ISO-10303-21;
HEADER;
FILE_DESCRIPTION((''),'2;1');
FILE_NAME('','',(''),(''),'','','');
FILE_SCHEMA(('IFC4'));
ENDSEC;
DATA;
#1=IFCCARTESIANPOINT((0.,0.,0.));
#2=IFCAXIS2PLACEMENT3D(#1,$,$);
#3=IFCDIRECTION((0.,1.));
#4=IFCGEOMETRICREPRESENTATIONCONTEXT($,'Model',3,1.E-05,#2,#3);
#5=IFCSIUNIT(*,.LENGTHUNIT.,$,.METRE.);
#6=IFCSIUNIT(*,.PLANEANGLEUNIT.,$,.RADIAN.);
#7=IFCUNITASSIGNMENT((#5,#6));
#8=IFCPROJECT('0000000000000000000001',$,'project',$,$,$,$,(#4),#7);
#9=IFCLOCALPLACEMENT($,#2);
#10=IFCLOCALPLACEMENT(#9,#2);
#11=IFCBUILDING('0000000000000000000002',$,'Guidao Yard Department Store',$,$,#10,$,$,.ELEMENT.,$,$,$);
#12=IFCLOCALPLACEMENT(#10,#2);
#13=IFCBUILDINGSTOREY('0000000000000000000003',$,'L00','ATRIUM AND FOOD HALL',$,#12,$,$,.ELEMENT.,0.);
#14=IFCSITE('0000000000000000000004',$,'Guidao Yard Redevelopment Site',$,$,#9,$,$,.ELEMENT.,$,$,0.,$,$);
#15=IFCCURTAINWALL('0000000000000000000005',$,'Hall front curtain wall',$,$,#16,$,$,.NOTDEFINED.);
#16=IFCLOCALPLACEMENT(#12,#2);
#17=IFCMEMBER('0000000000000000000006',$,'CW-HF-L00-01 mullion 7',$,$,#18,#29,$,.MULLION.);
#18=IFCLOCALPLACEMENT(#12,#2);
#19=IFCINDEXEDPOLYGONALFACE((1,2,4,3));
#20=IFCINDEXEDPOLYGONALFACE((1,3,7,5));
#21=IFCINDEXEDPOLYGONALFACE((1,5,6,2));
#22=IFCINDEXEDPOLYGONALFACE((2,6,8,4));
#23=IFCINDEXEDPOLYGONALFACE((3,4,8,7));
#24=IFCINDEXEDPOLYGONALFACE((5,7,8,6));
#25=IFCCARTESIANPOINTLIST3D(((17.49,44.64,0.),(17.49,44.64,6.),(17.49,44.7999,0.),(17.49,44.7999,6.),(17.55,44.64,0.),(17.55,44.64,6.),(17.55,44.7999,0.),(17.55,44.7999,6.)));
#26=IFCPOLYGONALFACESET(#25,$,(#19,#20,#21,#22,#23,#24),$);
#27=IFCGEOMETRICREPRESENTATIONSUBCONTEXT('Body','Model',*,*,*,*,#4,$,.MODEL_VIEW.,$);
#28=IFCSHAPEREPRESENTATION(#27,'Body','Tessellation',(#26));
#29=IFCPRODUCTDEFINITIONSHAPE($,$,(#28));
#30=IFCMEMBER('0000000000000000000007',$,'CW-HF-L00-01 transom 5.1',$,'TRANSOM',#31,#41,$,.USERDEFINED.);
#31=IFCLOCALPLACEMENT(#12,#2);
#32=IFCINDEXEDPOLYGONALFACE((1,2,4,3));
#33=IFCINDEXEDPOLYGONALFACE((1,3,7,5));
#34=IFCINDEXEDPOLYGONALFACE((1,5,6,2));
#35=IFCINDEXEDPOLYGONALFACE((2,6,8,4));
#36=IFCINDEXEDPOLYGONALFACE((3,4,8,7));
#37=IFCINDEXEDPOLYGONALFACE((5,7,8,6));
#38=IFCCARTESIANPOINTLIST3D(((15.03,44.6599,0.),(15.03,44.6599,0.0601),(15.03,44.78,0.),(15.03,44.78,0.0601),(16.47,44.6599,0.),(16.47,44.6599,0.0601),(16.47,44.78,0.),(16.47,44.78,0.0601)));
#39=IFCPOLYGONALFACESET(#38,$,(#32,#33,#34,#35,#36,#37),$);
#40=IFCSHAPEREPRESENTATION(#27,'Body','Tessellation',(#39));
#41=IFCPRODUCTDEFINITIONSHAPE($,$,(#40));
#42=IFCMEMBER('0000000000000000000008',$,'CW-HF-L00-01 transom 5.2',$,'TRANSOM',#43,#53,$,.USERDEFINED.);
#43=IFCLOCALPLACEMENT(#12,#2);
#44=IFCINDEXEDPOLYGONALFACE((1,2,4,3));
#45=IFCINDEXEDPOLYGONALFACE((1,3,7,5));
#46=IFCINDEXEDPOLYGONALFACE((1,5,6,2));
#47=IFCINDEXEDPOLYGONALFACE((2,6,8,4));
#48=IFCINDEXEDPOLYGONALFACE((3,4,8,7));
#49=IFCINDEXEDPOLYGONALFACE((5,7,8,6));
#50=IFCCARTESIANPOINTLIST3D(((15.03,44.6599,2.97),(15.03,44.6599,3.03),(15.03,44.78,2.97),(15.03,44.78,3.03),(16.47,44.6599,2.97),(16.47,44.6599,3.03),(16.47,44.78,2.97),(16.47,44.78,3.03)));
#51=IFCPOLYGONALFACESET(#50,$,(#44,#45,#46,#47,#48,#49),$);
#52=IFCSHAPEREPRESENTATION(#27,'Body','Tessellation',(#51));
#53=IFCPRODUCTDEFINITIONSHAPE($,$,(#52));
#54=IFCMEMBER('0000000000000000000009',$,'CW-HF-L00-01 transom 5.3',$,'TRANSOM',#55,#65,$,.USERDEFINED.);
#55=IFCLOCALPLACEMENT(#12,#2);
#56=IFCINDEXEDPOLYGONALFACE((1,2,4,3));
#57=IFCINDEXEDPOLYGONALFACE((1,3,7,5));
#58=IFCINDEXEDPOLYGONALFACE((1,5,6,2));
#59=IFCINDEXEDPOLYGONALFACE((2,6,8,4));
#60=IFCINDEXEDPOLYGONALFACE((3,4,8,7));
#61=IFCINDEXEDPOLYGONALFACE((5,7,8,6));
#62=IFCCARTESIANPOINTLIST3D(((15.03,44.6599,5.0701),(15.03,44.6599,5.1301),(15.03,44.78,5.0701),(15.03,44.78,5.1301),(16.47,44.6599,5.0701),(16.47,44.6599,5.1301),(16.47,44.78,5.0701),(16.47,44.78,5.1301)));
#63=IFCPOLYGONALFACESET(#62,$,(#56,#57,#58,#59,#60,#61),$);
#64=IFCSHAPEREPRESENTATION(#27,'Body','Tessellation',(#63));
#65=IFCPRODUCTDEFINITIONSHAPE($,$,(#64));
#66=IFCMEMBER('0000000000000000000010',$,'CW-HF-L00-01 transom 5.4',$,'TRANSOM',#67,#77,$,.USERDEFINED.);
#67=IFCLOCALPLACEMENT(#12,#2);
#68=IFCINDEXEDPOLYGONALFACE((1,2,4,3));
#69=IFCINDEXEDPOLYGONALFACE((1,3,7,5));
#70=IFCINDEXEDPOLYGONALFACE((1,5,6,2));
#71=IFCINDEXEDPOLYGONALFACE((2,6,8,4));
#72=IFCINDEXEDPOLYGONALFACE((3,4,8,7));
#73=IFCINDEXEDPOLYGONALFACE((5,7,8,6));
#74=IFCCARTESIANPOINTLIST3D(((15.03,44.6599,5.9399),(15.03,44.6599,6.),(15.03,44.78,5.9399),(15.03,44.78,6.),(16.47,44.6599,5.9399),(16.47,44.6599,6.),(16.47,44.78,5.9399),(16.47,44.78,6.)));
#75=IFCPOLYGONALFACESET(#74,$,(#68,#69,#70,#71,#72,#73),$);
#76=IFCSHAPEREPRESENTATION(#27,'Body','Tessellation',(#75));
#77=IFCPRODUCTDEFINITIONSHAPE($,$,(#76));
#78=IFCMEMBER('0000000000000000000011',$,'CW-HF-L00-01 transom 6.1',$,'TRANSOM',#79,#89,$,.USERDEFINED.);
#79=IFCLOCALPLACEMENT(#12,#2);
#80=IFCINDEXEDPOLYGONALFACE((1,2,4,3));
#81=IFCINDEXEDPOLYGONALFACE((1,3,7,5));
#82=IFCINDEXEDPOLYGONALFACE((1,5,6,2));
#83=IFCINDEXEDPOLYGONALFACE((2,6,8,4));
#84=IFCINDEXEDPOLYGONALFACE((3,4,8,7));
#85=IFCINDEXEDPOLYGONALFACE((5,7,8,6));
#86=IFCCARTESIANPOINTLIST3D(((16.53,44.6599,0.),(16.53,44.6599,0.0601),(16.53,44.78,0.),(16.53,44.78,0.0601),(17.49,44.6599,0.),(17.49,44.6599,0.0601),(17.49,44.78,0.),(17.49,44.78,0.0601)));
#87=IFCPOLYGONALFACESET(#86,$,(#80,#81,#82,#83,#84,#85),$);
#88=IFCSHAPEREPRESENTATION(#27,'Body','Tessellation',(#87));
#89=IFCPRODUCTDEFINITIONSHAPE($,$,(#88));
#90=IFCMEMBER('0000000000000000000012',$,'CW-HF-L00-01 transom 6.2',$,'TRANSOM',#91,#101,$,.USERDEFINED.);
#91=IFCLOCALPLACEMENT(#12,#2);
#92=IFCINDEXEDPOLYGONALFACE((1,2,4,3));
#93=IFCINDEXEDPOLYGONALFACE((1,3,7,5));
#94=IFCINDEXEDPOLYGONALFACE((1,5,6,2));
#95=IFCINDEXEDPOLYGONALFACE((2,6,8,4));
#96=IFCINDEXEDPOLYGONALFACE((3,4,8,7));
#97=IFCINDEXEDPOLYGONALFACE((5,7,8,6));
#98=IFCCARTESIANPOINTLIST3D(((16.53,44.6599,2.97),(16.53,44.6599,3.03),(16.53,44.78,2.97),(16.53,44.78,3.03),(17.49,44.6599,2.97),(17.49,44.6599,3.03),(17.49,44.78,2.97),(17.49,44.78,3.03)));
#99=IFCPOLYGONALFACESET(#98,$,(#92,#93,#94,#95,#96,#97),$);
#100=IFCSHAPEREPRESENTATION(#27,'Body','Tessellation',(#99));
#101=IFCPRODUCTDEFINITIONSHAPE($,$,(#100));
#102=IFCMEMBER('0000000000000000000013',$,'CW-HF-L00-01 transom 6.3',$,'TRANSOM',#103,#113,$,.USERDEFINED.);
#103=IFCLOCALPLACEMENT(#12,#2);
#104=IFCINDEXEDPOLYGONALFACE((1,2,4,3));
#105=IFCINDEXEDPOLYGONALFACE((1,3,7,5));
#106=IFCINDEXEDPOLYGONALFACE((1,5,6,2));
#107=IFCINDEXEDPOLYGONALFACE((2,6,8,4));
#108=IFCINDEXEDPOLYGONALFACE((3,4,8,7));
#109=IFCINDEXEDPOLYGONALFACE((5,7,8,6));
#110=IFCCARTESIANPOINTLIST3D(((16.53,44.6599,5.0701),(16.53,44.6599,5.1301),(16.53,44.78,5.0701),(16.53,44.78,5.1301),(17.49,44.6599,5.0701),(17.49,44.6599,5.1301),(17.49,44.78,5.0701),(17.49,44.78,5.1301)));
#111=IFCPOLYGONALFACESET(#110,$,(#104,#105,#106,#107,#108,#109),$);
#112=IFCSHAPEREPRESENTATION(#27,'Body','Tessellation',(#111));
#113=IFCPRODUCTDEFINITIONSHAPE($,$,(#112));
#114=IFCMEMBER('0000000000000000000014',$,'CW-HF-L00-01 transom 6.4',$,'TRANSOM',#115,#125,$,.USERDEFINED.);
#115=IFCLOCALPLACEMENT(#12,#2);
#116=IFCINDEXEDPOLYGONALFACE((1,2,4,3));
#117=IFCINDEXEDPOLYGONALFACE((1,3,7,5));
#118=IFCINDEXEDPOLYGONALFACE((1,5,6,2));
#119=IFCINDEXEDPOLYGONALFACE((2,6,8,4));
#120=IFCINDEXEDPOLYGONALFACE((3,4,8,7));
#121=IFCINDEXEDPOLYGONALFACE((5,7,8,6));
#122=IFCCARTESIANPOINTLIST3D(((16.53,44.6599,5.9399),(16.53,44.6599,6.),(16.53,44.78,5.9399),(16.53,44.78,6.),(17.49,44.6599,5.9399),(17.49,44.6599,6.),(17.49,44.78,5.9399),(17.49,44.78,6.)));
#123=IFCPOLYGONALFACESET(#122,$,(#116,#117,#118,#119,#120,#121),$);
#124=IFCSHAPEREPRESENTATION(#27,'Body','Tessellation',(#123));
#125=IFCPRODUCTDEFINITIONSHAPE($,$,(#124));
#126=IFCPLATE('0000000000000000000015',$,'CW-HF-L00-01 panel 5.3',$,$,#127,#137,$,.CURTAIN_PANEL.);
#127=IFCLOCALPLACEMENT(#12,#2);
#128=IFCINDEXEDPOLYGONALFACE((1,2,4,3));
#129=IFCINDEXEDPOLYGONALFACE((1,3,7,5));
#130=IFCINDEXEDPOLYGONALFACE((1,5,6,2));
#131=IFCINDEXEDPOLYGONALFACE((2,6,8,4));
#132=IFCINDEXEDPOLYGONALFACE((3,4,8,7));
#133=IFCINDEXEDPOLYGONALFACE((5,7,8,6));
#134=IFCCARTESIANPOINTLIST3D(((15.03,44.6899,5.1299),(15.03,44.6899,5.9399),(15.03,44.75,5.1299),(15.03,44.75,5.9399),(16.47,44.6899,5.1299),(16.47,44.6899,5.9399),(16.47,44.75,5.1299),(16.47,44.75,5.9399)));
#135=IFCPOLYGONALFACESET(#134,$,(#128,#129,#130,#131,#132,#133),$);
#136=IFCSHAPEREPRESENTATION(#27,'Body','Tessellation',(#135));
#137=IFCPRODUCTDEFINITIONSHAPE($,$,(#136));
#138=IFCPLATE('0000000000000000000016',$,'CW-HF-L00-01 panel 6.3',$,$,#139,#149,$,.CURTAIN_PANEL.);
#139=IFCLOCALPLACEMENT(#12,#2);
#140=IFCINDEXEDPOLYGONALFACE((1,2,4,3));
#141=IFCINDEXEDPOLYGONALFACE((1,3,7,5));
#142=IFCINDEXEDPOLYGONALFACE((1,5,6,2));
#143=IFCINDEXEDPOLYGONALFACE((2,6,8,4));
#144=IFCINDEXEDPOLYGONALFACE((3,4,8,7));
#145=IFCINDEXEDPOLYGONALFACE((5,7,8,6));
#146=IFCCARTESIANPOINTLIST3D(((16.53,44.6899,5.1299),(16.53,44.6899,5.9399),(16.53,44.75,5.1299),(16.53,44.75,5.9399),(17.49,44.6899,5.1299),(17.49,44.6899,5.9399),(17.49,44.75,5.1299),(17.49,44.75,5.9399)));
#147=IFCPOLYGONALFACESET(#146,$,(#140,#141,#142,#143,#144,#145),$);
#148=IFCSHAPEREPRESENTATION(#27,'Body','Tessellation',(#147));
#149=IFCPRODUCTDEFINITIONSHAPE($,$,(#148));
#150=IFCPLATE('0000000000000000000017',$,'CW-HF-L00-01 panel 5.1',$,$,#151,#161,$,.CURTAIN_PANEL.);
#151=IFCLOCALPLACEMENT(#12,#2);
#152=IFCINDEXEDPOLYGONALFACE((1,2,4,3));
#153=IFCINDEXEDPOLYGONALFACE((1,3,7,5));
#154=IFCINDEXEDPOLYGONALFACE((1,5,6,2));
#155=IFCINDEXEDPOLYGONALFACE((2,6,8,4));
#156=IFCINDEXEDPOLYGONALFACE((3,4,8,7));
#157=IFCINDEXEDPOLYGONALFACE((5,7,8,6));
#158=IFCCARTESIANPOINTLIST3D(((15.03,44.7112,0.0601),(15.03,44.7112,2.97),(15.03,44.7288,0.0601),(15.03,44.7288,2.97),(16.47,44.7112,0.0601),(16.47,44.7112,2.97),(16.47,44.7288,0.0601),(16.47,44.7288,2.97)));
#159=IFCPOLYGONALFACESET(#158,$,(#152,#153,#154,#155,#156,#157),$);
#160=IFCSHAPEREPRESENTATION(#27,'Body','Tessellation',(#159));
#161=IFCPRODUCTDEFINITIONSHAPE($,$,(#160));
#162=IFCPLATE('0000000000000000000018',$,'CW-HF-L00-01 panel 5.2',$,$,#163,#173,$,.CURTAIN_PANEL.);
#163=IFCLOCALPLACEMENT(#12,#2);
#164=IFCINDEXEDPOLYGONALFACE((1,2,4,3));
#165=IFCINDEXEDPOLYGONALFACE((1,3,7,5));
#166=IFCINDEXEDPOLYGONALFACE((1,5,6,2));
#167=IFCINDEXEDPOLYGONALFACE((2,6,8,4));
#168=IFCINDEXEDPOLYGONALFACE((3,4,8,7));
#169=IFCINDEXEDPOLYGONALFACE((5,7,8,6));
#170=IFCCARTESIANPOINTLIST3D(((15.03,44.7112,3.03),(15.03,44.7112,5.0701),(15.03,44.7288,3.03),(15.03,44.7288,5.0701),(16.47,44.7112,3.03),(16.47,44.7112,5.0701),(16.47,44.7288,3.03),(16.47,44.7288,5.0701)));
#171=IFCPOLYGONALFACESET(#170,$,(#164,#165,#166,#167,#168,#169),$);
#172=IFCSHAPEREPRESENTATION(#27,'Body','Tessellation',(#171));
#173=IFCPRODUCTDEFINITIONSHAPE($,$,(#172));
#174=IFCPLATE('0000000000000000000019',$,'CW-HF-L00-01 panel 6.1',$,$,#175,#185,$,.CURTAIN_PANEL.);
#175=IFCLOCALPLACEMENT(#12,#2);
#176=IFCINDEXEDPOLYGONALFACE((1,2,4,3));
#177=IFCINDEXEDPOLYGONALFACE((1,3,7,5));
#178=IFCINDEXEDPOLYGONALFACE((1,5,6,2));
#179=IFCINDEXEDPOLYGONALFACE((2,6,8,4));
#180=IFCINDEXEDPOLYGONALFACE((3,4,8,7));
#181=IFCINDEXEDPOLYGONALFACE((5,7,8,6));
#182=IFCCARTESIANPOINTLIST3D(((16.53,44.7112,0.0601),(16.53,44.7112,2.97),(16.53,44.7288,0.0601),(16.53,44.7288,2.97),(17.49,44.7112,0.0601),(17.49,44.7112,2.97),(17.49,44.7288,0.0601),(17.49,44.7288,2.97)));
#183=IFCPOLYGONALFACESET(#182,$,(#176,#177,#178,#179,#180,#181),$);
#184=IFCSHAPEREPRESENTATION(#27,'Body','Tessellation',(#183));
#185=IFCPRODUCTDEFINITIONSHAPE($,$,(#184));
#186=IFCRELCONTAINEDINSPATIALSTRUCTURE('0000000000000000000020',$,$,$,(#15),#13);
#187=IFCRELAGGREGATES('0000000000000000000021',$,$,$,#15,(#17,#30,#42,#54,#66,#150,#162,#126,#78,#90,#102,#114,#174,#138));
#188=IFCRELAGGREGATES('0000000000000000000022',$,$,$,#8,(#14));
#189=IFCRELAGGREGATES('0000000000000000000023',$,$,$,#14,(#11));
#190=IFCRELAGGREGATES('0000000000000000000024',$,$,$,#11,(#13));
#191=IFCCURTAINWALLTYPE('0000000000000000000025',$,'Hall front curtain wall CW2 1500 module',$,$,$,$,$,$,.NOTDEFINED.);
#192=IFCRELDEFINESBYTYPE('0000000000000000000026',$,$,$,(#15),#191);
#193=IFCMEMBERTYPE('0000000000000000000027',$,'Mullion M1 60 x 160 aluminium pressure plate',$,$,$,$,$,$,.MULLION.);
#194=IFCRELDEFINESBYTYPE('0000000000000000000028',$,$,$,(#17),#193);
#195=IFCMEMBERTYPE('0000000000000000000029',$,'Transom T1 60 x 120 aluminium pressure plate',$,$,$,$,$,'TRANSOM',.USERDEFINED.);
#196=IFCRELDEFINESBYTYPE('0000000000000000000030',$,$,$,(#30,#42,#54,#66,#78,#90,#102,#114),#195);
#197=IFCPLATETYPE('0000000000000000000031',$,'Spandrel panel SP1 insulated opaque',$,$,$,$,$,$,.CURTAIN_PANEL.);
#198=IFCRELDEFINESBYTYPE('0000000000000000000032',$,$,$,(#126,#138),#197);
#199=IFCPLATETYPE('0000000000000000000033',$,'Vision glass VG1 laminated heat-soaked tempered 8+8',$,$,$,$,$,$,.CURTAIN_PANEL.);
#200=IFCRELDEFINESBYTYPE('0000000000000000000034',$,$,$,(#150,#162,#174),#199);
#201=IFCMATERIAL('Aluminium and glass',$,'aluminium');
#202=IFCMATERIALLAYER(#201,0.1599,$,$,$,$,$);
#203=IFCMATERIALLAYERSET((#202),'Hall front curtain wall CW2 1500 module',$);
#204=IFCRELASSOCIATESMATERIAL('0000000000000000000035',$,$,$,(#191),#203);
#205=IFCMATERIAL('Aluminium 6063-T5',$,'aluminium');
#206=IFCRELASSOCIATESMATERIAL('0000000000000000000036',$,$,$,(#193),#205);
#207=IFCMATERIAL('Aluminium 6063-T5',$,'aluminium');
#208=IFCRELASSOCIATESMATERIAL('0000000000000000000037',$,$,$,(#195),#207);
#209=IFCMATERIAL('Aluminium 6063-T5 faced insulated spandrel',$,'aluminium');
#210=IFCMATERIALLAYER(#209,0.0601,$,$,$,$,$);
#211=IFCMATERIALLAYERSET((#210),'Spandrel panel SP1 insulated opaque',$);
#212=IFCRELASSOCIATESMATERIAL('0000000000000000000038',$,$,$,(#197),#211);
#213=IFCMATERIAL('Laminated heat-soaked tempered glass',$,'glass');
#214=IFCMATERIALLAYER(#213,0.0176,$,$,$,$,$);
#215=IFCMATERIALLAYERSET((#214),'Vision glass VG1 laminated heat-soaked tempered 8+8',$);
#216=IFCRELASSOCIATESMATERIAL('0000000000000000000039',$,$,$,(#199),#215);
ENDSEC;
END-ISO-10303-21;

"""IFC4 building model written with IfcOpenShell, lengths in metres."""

from ifc_helpers import new_model, si_unit, direction, frame, origin, origin_2d, place, context, subcontext, project, spatial, rectangle, extrude, material, layer, layer_set, material_profile, profile_set, type_object, element, aggregate, save


model = new_model("IFC4")

# Units and contexts
model_context = context("Model", 3, precision=1e-05, world=origin(), true_north=direction((0.0, 1.0)))
body_context = subcontext(model_context, "Body", "Model", "MODEL_VIEW")
ifc_project = project(units=[si_unit("LENGTHUNIT", "METRE"), si_unit("PLANEANGLEUNIT", "RADIAN")], contexts=[model_context])

# Site, building, storey
site_placement = place(None, origin())
site = spatial("IfcSite", under=ifc_project, at=site_placement, Name="Guidao Yard Redevelopment Site", CompositionType="ELEMENT", RefElevation=0.0)
building_placement = place(site_placement, origin())
building = spatial("IfcBuilding", under=site, at=building_placement, Name="Guidao Yard Department Store", CompositionType="ELEMENT")
storey_placement = place(building_placement, origin())
storey = spatial("IfcBuildingStorey", under=building, at=storey_placement, Name="L00", Description="ATRIUM AND FOOD HALL", CompositionType="ELEMENT", Elevation=0.0)

# Curtain wall, members, plates
ifc_material_1 = material(Name="Aluminium and glass", Category="aluminium")
ifc_layer_1 = layer(ifc_material_1, 0.1599)
ifc_layer_set_1 = layer_set([ifc_layer_1], Name="Hall front curtain wall CW2 1500 module")
curtain_wall_type = type_object("IfcCurtainWallType", Name="Hall front curtain wall CW2 1500 module", PredefinedType="NOTDEFINED", material=ifc_layer_set_1)
curtain_wall_placement = place(storey_placement, origin())
curtain_wall = element("IfcCurtainWall", 1, at=curtain_wall_placement, inside=storey, type_object=curtain_wall_type, Name="Hall front curtain wall", PredefinedType="NOTDEFINED")
ifc_material_2 = material(Name="Aluminium 6063-T5", Category="aluminium")
ifc_material_profile_1 = material_profile(ifc_material_2, rectangle(XDim=0.0601, YDim=0.1599, at=origin_2d()), Name="Mullion M1 60 x 160 aluminium pressure plate")
ifc_profile_set_1 = profile_set([ifc_material_profile_1], Name="Aluminium 6063-T5")
member_type_1 = type_object("IfcMemberType", Name="Mullion M1 60 x 160 aluminium pressure plate", PredefinedType="MULLION", material=ifc_profile_set_1)
member_1_placement = place(storey_placement, frame((17.52, 44.72, 0.0), z_axis=(0.0, 0.0, 1.0), x_axis=(-1.0, 0.0, 0.0)))
member_1 = element("IfcMember", 2, at=member_1_placement, type_object=member_type_1, Name="CW-HF-L00-01 mullion 7", PredefinedType="MULLION", context=body_context, shape_type="SweptSolid", body=[
    extrude(rectangle(XDim=0.0601, YDim=0.1599, at=origin_2d()), origin(), (0.0, 0.0, 1.0), 6.0),
])
ifc_material_3 = material(Name="Aluminium 6063-T5", Category="aluminium")
ifc_material_profile_2 = material_profile(ifc_material_3, rectangle(XDim=0.1201, YDim=0.0601, at=origin_2d()), Name="Transom T1 60 x 120 aluminium pressure plate")
ifc_profile_set_2 = profile_set([ifc_material_profile_2], Name="Aluminium 6063-T5")
member_type_2 = type_object("IfcMemberType", Name="Transom T1 60 x 120 aluminium pressure plate", ElementType="TRANSOM", PredefinedType="USERDEFINED", material=ifc_profile_set_2)
member_2_placement = place(storey_placement, frame((16.47, 44.72, 0.03), z_axis=(-1.0, 0.0, 0.0), x_axis=(0.0, -1.0, 0.0)))
member_2 = element("IfcMember", 3, at=member_2_placement, type_object=member_type_2, Name="CW-HF-L00-01 transom 5.1", ObjectType="TRANSOM", PredefinedType="USERDEFINED", context=body_context, shape_type="SweptSolid", body=[
    extrude(rectangle(XDim=0.1201, YDim=0.0601, at=origin_2d()), origin(), (0.0, 0.0, 1.0), 1.4399),
])
member_3_placement = place(storey_placement, frame((16.47, 44.72, 3.0), z_axis=(-1.0, 0.0, 0.0), x_axis=(0.0, -1.0, 0.0)))
member_3 = element("IfcMember", 4, at=member_3_placement, type_object=member_type_2, Name="CW-HF-L00-01 transom 5.2", ObjectType="TRANSOM", PredefinedType="USERDEFINED", context=body_context, shape_type="SweptSolid", body=[
    extrude(rectangle(XDim=0.1201, YDim=0.0601, at=origin_2d()), origin(), (0.0, 0.0, 1.0), 1.4399),
])
member_4_placement = place(storey_placement, frame((16.47, 44.72, 5.1001), z_axis=(-1.0, 0.0, 0.0), x_axis=(0.0, -1.0, 0.0)))
member_4 = element("IfcMember", 5, at=member_4_placement, type_object=member_type_2, Name="CW-HF-L00-01 transom 5.3", ObjectType="TRANSOM", PredefinedType="USERDEFINED", context=body_context, shape_type="SweptSolid", body=[
    extrude(rectangle(XDim=0.1201, YDim=0.0601, at=origin_2d()), origin(), (0.0, 0.0, 1.0), 1.4399),
])
member_5_placement = place(storey_placement, frame((16.47, 44.72, 5.97), z_axis=(-1.0, 0.0, 0.0), x_axis=(0.0, -1.0, 0.0)))
member_5 = element("IfcMember", 6, at=member_5_placement, type_object=member_type_2, Name="CW-HF-L00-01 transom 5.4", ObjectType="TRANSOM", PredefinedType="USERDEFINED", context=body_context, shape_type="SweptSolid", body=[
    extrude(rectangle(XDim=0.1201, YDim=0.0601, at=origin_2d()), origin(), (0.0, 0.0, 1.0), 1.4399),
])
member_6_placement = place(storey_placement, frame((17.49, 44.72, 0.03), z_axis=(-1.0, 0.0, 0.0), x_axis=(0.0, -1.0, 0.0)))
member_6 = element("IfcMember", 7, at=member_6_placement, type_object=member_type_2, Name="CW-HF-L00-01 transom 6.1", ObjectType="TRANSOM", PredefinedType="USERDEFINED", context=body_context, shape_type="SweptSolid", body=[
    extrude(rectangle(XDim=0.1201, YDim=0.0601, at=origin_2d()), origin(), (0.0, 0.0, 1.0), 0.96),
])
member_7_placement = place(storey_placement, frame((17.49, 44.72, 3.0), z_axis=(-1.0, 0.0, 0.0), x_axis=(0.0, -1.0, 0.0)))
member_7 = element("IfcMember", 8, at=member_7_placement, type_object=member_type_2, Name="CW-HF-L00-01 transom 6.2", ObjectType="TRANSOM", PredefinedType="USERDEFINED", context=body_context, shape_type="SweptSolid", body=[
    extrude(rectangle(XDim=0.1201, YDim=0.0601, at=origin_2d()), origin(), (0.0, 0.0, 1.0), 0.96),
])
member_8_placement = place(storey_placement, frame((17.49, 44.72, 5.1001), z_axis=(-1.0, 0.0, 0.0), x_axis=(0.0, -1.0, 0.0)))
member_8 = element("IfcMember", 9, at=member_8_placement, type_object=member_type_2, Name="CW-HF-L00-01 transom 6.3", ObjectType="TRANSOM", PredefinedType="USERDEFINED", context=body_context, shape_type="SweptSolid", body=[
    extrude(rectangle(XDim=0.1201, YDim=0.0601, at=origin_2d()), origin(), (0.0, 0.0, 1.0), 0.96),
])
member_9_placement = place(storey_placement, frame((17.49, 44.72, 5.97), z_axis=(-1.0, 0.0, 0.0), x_axis=(0.0, -1.0, 0.0)))
member_9 = element("IfcMember", 10, at=member_9_placement, type_object=member_type_2, Name="CW-HF-L00-01 transom 6.4", ObjectType="TRANSOM", PredefinedType="USERDEFINED", context=body_context, shape_type="SweptSolid", body=[
    extrude(rectangle(XDim=0.1201, YDim=0.0601, at=origin_2d()), origin(), (0.0, 0.0, 1.0), 0.96),
])
ifc_material_4 = material(Name="Aluminium 6063-T5 faced insulated spandrel", Category="aluminium")
ifc_layer_2 = layer(ifc_material_4, 0.0601)
ifc_layer_set_2 = layer_set([ifc_layer_2], Name="Spandrel panel SP1 insulated opaque")
plate_type_1 = type_object("IfcPlateType", Name="Spandrel panel SP1 insulated opaque", PredefinedType="CURTAIN_PANEL", material=ifc_layer_set_2)
plate_1_placement = place(storey_placement, frame((15.75, 44.72, 5.1299), z_axis=(0.0, 0.0, 1.0), x_axis=(-1.0, 0.0, 0.0)))
plate_1 = element("IfcPlate", 11, at=plate_1_placement, type_object=plate_type_1, Name="CW-HF-L00-01 panel 5.3", PredefinedType="CURTAIN_PANEL", context=body_context, shape_type="SweptSolid", body=[
    extrude(rectangle(XDim=1.4399, YDim=0.0601, at=origin_2d()), origin(), (0.0, 0.0, 1.0), 0.8101),
])
plate_2_placement = place(storey_placement, frame((17.01, 44.72, 5.1299), z_axis=(0.0, 0.0, 1.0), x_axis=(-1.0, 0.0, 0.0)))
plate_2 = element("IfcPlate", 12, at=plate_2_placement, type_object=plate_type_1, Name="CW-HF-L00-01 panel 6.3", PredefinedType="CURTAIN_PANEL", context=body_context, shape_type="SweptSolid", body=[
    extrude(rectangle(XDim=0.96, YDim=0.0601, at=origin_2d()), origin(), (0.0, 0.0, 1.0), 0.8101),
])
ifc_material_5 = material(Name="Laminated heat-soaked tempered glass", Category="glass")
ifc_layer_3 = layer(ifc_material_5, 0.0176)
ifc_layer_set_3 = layer_set([ifc_layer_3], Name="Vision glass VG1 laminated heat-soaked tempered 8+8")
plate_type_2 = type_object("IfcPlateType", Name="Vision glass VG1 laminated heat-soaked tempered 8+8", PredefinedType="CURTAIN_PANEL", material=ifc_layer_set_3)
plate_3_placement = place(storey_placement, frame((15.75, 44.72, 0.0601), z_axis=(0.0, 0.0, 1.0), x_axis=(-1.0, 0.0, 0.0)))
plate_3 = element("IfcPlate", 13, at=plate_3_placement, type_object=plate_type_2, Name="CW-HF-L00-01 panel 5.1", PredefinedType="CURTAIN_PANEL", context=body_context, shape_type="SweptSolid", body=[
    extrude(rectangle(XDim=1.4399, YDim=0.0176, at=origin_2d()), origin(), (0.0, 0.0, 1.0), 2.9099),
])
plate_4_placement = place(storey_placement, frame((15.75, 44.72, 3.03), z_axis=(0.0, 0.0, 1.0), x_axis=(-1.0, 0.0, 0.0)))
plate_4 = element("IfcPlate", 14, at=plate_4_placement, type_object=plate_type_2, Name="CW-HF-L00-01 panel 5.2", PredefinedType="CURTAIN_PANEL", context=body_context, shape_type="SweptSolid", body=[
    extrude(rectangle(XDim=1.4399, YDim=0.0176, at=origin_2d()), origin(), (0.0, 0.0, 1.0), 2.04),
])
plate_5_placement = place(storey_placement, frame((17.01, 44.72, 0.0601), z_axis=(0.0, 0.0, 1.0), x_axis=(-1.0, 0.0, 0.0)))
plate_5 = element("IfcPlate", 15, at=plate_5_placement, type_object=plate_type_2, Name="CW-HF-L00-01 panel 6.1", PredefinedType="CURTAIN_PANEL", context=body_context, shape_type="SweptSolid", body=[
    extrude(rectangle(XDim=0.96, YDim=0.0176, at=origin_2d()), origin(), (0.0, 0.0, 1.0), 2.9099),
])
aggregate(curtain_wall, [member_1, member_2, member_3, member_4, member_5, plate_3, plate_4, plate_1, member_6, member_7, member_8, member_9, plate_5, plate_2])

save(model, "model.ifc")
